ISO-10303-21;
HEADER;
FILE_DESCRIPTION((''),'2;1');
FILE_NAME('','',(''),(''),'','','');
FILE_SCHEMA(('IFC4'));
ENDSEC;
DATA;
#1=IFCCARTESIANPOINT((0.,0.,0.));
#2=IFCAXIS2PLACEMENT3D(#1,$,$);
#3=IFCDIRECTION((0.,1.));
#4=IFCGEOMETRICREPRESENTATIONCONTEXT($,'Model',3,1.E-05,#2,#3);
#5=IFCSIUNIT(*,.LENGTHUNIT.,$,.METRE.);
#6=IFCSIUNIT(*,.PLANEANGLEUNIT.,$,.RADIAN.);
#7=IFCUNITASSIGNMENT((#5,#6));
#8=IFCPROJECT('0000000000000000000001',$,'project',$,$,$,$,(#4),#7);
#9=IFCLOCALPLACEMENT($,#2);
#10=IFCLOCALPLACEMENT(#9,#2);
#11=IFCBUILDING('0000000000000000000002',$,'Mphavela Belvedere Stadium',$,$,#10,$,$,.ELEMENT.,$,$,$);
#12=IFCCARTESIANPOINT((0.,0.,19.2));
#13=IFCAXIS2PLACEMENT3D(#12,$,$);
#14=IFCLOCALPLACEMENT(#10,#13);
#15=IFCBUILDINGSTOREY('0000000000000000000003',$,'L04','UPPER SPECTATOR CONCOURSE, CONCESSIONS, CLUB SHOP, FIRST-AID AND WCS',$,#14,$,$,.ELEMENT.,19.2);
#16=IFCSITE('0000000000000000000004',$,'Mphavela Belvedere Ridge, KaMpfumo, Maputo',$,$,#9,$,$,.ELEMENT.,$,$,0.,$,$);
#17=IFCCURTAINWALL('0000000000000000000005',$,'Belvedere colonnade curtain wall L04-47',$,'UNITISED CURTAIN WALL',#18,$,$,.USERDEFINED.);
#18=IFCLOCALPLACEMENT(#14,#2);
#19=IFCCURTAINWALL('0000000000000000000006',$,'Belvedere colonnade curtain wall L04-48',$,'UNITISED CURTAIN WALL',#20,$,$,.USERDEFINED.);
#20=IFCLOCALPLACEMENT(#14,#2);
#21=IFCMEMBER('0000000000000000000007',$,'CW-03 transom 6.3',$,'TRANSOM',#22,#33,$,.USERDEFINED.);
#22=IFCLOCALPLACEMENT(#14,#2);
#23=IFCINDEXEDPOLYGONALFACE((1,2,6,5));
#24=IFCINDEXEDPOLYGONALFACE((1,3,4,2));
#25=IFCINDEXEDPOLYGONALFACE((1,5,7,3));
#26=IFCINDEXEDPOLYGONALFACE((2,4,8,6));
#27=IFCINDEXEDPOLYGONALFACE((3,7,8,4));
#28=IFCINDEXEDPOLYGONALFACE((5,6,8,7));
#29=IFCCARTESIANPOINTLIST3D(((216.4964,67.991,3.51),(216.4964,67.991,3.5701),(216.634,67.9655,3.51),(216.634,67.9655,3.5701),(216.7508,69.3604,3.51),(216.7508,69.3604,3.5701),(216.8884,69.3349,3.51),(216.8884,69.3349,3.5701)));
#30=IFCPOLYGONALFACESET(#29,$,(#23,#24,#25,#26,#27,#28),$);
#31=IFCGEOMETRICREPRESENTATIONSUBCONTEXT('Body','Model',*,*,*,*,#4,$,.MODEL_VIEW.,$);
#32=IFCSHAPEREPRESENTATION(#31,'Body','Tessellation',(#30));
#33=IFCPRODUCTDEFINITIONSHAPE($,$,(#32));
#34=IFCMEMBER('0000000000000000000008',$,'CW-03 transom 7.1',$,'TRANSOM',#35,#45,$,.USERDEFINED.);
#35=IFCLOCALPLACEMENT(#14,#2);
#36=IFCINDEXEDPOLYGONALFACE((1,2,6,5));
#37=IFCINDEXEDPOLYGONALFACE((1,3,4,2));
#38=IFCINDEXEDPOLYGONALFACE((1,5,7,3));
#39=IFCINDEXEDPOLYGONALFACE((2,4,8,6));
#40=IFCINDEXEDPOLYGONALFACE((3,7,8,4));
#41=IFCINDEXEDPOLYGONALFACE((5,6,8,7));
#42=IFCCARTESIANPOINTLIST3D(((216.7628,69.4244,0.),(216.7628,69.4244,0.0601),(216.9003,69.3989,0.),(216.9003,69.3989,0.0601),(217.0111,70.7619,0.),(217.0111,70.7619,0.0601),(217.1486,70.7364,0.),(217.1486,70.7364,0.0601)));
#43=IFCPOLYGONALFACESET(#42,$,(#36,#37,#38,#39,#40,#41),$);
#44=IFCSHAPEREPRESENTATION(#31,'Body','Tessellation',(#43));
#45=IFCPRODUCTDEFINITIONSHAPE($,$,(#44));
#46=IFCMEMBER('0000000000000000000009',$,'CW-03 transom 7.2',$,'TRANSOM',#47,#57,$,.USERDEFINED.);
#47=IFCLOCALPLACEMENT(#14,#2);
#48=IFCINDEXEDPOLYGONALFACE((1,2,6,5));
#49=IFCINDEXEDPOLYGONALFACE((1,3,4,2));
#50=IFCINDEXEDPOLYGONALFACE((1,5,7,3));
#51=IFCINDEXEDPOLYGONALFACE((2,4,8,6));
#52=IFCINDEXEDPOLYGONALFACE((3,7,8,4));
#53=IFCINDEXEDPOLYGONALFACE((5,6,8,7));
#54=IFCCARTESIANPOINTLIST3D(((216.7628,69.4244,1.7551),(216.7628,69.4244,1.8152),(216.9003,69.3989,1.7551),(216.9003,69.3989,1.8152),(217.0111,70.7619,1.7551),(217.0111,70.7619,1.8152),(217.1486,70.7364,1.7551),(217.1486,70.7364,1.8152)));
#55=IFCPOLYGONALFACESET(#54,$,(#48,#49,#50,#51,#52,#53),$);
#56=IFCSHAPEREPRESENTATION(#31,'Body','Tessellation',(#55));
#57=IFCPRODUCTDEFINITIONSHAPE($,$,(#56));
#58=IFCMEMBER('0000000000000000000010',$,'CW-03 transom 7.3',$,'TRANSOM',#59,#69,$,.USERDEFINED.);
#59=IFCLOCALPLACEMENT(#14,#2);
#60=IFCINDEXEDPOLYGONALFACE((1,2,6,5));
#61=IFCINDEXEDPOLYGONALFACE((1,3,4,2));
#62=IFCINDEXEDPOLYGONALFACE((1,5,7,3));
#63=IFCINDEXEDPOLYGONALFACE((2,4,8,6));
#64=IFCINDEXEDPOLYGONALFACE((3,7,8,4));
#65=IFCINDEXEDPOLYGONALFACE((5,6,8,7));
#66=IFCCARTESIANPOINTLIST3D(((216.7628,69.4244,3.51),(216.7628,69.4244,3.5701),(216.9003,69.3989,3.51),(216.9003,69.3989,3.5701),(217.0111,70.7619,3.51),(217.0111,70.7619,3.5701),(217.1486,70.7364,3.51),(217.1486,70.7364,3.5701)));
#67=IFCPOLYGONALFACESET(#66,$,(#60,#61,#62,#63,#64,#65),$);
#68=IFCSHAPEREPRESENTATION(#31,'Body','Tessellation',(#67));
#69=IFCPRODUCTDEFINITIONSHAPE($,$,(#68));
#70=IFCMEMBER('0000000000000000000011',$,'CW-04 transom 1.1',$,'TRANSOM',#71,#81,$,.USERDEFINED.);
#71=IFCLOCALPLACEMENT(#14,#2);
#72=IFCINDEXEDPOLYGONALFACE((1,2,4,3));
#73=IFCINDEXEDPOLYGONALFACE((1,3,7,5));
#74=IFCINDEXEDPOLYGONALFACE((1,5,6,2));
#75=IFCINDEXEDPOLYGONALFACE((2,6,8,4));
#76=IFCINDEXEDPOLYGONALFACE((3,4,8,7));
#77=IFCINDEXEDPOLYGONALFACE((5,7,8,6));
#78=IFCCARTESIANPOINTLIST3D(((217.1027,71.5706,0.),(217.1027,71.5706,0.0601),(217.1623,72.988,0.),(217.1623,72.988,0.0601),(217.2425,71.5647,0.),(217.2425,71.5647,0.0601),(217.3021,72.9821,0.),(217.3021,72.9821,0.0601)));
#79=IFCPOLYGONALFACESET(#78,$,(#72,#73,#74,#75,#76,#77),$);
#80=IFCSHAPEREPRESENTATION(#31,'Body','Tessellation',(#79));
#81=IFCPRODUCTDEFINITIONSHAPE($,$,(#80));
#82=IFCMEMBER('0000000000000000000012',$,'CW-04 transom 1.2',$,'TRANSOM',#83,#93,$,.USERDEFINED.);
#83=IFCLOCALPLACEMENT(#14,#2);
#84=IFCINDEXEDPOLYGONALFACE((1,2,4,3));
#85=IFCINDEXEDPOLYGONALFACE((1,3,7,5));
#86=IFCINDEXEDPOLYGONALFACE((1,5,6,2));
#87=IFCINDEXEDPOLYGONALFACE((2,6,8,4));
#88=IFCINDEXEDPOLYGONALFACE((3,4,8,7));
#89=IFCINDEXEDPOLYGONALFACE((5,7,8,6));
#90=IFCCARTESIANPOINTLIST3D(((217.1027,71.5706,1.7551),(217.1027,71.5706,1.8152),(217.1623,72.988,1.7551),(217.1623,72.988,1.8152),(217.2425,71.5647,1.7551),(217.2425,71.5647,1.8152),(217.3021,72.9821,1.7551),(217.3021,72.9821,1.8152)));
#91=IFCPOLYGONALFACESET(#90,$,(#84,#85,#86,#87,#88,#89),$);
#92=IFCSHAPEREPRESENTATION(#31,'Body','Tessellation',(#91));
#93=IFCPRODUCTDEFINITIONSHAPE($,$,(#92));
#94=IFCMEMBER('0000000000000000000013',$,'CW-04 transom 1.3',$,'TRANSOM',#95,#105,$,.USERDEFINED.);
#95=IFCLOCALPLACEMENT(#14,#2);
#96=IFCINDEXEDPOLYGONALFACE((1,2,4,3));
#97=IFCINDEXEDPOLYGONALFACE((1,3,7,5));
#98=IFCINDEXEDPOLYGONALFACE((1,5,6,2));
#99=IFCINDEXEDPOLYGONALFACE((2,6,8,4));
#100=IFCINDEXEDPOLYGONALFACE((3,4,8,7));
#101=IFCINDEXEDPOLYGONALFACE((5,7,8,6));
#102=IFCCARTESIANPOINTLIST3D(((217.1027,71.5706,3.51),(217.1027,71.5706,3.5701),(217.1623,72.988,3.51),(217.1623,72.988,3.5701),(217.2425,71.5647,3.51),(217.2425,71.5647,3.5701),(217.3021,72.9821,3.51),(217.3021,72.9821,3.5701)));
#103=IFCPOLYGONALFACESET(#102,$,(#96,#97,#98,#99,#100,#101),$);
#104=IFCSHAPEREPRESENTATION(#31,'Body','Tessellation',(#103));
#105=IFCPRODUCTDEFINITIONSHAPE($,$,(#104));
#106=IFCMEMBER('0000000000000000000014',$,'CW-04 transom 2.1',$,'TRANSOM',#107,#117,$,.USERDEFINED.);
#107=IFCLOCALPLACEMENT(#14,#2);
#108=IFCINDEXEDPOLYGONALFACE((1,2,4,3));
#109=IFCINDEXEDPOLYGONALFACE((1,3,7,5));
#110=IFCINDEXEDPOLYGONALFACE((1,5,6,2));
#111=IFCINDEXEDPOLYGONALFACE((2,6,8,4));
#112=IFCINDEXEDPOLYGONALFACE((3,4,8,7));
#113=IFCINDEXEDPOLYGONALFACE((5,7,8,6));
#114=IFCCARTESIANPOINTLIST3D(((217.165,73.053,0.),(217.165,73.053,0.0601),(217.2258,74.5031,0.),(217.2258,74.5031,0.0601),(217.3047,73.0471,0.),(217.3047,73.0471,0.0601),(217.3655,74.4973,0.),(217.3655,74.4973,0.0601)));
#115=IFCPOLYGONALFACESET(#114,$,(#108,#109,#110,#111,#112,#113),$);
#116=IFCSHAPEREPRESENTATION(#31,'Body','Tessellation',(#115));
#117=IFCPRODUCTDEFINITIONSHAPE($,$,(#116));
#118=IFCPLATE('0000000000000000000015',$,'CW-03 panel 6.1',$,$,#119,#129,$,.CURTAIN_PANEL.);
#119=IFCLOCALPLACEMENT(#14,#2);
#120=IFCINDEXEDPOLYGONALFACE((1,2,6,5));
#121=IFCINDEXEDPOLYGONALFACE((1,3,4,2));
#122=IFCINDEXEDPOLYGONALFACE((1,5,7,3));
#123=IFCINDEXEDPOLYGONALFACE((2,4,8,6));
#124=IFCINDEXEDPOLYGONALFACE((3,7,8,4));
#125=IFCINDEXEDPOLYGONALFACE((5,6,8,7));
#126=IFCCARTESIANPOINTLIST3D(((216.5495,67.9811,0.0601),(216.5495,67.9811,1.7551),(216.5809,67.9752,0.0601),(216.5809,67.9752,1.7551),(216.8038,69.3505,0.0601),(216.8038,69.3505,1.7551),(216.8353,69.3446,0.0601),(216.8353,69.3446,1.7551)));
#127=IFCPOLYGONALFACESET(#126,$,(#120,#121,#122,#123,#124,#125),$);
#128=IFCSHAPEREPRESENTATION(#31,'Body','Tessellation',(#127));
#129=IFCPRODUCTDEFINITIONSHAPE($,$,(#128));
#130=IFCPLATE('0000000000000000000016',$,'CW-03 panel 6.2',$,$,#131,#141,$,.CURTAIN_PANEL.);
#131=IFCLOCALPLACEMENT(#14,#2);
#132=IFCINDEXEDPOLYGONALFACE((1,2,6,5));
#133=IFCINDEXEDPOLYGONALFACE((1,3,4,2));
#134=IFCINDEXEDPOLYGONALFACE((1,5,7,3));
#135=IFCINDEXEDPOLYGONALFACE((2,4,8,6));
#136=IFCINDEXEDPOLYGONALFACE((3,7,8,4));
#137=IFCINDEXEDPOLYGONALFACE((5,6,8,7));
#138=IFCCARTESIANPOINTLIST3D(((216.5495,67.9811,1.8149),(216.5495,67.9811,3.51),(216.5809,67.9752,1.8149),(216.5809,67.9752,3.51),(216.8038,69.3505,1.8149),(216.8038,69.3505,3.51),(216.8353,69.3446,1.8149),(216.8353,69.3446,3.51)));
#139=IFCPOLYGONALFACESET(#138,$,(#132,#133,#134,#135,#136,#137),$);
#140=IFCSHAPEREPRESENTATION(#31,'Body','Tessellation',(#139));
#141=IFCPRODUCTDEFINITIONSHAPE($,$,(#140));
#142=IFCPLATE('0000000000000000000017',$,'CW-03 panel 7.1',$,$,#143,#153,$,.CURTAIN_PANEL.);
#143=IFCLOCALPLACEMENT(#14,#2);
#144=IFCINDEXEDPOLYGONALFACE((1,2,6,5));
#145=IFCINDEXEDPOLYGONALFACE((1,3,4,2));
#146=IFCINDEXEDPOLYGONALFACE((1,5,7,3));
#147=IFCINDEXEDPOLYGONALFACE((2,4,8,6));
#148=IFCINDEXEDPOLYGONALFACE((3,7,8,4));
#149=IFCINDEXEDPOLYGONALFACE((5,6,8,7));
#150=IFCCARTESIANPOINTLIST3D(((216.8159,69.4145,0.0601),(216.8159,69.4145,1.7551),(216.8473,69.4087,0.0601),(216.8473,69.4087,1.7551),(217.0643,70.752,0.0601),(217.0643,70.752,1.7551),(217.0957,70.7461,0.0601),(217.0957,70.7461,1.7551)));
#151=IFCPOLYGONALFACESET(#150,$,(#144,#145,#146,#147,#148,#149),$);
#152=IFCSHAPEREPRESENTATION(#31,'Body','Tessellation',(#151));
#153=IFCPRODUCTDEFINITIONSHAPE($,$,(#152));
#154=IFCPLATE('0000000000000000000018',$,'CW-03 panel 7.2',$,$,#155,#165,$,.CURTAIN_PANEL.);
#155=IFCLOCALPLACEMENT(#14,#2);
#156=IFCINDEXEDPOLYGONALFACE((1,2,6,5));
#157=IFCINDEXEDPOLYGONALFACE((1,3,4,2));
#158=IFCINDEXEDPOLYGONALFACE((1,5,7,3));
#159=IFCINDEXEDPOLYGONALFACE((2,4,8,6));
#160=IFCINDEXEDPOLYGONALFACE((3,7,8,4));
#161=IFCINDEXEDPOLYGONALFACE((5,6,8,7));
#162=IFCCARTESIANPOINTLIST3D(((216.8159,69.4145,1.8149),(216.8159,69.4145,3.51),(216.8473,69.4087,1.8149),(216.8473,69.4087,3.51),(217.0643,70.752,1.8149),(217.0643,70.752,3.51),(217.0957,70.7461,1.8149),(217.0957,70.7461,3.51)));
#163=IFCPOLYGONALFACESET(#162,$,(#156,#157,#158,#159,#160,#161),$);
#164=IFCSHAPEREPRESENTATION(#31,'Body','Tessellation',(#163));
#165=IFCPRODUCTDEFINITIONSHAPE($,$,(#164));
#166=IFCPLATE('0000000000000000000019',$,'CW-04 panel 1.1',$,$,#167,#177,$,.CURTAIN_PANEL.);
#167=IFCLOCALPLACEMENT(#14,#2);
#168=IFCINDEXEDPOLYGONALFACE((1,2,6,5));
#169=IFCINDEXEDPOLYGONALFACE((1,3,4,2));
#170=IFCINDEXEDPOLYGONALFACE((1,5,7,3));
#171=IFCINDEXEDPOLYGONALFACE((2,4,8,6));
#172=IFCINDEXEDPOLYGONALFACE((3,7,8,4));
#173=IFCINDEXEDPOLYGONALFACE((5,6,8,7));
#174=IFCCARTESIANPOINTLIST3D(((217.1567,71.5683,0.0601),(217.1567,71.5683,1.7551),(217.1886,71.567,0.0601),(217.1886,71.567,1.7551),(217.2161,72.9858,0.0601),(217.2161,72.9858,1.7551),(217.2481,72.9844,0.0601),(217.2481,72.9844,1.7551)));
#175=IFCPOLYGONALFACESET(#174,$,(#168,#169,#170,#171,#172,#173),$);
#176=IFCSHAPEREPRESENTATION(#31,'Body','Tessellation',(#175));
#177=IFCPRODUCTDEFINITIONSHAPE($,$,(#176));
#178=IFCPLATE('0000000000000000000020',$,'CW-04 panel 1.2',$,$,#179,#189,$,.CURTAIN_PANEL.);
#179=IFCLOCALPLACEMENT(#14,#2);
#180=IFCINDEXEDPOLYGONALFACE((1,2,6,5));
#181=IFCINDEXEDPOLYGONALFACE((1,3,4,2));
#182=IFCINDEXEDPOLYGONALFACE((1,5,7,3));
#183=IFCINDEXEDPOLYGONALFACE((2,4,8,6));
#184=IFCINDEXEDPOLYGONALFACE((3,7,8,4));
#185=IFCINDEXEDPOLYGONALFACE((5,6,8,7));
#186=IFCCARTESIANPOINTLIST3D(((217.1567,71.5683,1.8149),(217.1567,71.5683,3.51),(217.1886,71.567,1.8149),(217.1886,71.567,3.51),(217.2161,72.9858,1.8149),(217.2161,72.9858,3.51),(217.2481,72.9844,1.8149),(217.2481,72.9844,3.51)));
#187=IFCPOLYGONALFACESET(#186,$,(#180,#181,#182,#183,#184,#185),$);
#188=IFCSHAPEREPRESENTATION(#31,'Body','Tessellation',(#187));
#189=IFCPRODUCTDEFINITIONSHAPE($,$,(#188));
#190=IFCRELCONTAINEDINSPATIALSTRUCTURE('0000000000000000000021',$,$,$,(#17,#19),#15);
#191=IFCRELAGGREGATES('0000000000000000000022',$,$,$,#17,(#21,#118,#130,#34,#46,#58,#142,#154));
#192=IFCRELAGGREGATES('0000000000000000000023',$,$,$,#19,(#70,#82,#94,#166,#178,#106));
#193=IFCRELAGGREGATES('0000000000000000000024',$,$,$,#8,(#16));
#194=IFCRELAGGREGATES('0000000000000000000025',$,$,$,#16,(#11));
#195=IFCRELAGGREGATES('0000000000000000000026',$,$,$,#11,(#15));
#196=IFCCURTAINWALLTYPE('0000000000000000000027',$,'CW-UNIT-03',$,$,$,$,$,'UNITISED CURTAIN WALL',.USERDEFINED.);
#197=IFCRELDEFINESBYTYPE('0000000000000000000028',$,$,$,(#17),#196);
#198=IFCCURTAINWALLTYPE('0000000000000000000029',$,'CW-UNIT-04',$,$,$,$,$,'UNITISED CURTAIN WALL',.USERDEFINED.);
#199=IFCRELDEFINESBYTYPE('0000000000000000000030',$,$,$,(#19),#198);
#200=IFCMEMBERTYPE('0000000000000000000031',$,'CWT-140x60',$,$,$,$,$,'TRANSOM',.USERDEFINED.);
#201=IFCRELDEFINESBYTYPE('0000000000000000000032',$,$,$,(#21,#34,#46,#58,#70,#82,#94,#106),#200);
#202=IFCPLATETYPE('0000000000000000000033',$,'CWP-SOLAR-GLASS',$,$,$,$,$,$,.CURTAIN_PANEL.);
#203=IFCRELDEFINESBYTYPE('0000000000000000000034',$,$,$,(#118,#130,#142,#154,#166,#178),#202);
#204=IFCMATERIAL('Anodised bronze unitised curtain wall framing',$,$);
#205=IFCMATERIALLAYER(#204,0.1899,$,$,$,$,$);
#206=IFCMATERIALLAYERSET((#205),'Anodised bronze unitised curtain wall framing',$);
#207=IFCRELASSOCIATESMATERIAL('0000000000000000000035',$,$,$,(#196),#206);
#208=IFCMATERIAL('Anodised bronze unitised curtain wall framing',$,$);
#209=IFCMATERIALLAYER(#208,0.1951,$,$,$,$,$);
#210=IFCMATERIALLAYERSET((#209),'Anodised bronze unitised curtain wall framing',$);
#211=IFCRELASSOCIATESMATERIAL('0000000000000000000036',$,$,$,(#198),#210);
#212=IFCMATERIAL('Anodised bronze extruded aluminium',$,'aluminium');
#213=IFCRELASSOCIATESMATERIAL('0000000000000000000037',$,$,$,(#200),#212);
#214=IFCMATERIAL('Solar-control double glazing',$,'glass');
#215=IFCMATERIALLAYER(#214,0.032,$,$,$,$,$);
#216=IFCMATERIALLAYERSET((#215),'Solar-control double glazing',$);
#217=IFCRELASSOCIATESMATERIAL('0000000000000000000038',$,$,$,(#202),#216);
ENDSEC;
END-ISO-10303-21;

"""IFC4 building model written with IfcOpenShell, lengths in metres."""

from ifc_helpers import new_model, si_unit, direction, frame, origin, origin_2d, place, context, subcontext, project, spatial, rectangle, extrude, material, layer, layer_set, material_profile, profile_set, type_object, element, aggregate, save


model = new_model("IFC4")

# Units and contexts
model_context = context("Model", 3, precision=1e-05, world=origin(), true_north=direction((0.0, 1.0)))
body_context = subcontext(model_context, "Body", "Model", "MODEL_VIEW")
ifc_project = project(units=[si_unit("LENGTHUNIT", "METRE"), si_unit("PLANEANGLEUNIT", "RADIAN")], contexts=[model_context])

# Site, building, storey
site_placement = place(None, origin())
site = spatial("IfcSite", under=ifc_project, at=site_placement, Name="Mphavela Belvedere Ridge, KaMpfumo, Maputo", CompositionType="ELEMENT", RefElevation=0.0)
building_placement = place(site_placement, origin())
building = spatial("IfcBuilding", under=site, at=building_placement, Name="Mphavela Belvedere Stadium", CompositionType="ELEMENT")
storey_placement = place(building_placement, frame((0.0, 0.0, 19.2)))
storey = spatial("IfcBuildingStorey", under=building, at=storey_placement, Name="L04", Description="UPPER SPECTATOR CONCOURSE, CONCESSIONS, CLUB SHOP, FIRST-AID AND WCS", CompositionType="ELEMENT", Elevation=19.2)

# Curtain walls
ifc_material_1 = material(Name="Anodised bronze unitised curtain wall framing")
ifc_layer_1 = layer(ifc_material_1, 0.1899)
ifc_layer_set_1 = layer_set([ifc_layer_1], Name="Anodised bronze unitised curtain wall framing")
curtain_wall_type_1 = type_object("IfcCurtainWallType", Name="CW-UNIT-03", ElementType="UNITISED CURTAIN WALL", PredefinedType="USERDEFINED", material=ifc_layer_set_1)
curtain_wall_1_placement = place(storey_placement, origin())
curtain_wall_1 = element("IfcCurtainWall", 1, at=curtain_wall_1_placement, inside=storey, type_object=curtain_wall_type_1, Name="Belvedere colonnade curtain wall L04-47", ObjectType="UNITISED CURTAIN WALL", PredefinedType="USERDEFINED")
ifc_material_2 = material(Name="Anodised bronze unitised curtain wall framing")
ifc_layer_2 = layer(ifc_material_2, 0.1951)
ifc_layer_set_2 = layer_set([ifc_layer_2], Name="Anodised bronze unitised curtain wall framing")
curtain_wall_type_2 = type_object("IfcCurtainWallType", Name="CW-UNIT-04", ElementType="UNITISED CURTAIN WALL", PredefinedType="USERDEFINED", material=ifc_layer_set_2)
curtain_wall_2_placement = place(storey_placement, origin())
curtain_wall_2 = element("IfcCurtainWall", 2, at=curtain_wall_2_placement, inside=storey, type_object=curtain_wall_type_2, Name="Belvedere colonnade curtain wall L04-48", ObjectType="UNITISED CURTAIN WALL", PredefinedType="USERDEFINED")

# Members
ifc_material_3 = material(Name="Anodised bronze extruded aluminium", Category="aluminium")
ifc_material_profile_1 = material_profile(ifc_material_3, rectangle(XDim=0.1399, YDim=0.0601, at=origin_2d()), Name="CW-TRN 140x60")
ifc_profile_set_1 = profile_set([ifc_material_profile_1], Name="Anodised bronze extruded aluminium")
member_type_1 = type_object("IfcMemberType", Name="CWT-140x60", ElementType="TRANSOM", PredefinedType="USERDEFINED", material=ifc_profile_set_1)
member_1_placement = place(storey_placement, frame((216.5652, 67.9783, 3.54), z_axis=(0.182648, 0.983178, 0.0), x_axis=(-0.983178, 0.182648, 0.0)))
member_1 = element("IfcMember", 3, at=member_1_placement, type_object=member_type_1, Name="CW-03 transom 6.3", ObjectType="TRANSOM", PredefinedType="USERDEFINED", context=body_context, shape_type="SweptSolid", body=[
    extrude(rectangle(XDim=0.1399, YDim=0.0601, at=origin_2d()), origin(), (0.0, 0.0, 1.0), 1.3928),
])
member_2_placement = place(storey_placement, frame((216.8315, 69.4116, 0.03), z_axis=(0.182533, 0.9832, 0.0), x_axis=(-0.9832, 0.182533, 0.0)))
member_2 = element("IfcMember", 4, at=member_2_placement, type_object=member_type_1, Name="CW-03 transom 7.1", ObjectType="TRANSOM", PredefinedType="USERDEFINED", context=body_context, shape_type="SweptSolid", body=[
    extrude(rectangle(XDim=0.1399, YDim=0.0601, at=origin_2d()), origin(), (0.0, 0.0, 1.0), 1.3604),
])
member_3_placement = place(storey_placement, frame((216.8315, 69.4116, 1.7852), z_axis=(0.182533, 0.9832, 0.0), x_axis=(-0.9832, 0.182533, 0.0)))
member_3 = element("IfcMember", 5, at=member_3_placement, type_object=member_type_1, Name="CW-03 transom 7.2", ObjectType="TRANSOM", PredefinedType="USERDEFINED", context=body_context, shape_type="SweptSolid", body=[
    extrude(rectangle(XDim=0.1399, YDim=0.0601, at=origin_2d()), origin(), (0.0, 0.0, 1.0), 1.3604),
])
member_4_placement = place(storey_placement, frame((216.8315, 69.4116, 3.54), z_axis=(0.182533, 0.9832, 0.0), x_axis=(-0.9832, 0.182533, 0.0)))
member_4 = element("IfcMember", 6, at=member_4_placement, type_object=member_type_1, Name="CW-03 transom 7.3", ObjectType="TRANSOM", PredefinedType="USERDEFINED", context=body_context, shape_type="SweptSolid", body=[
    extrude(rectangle(XDim=0.1399, YDim=0.0601, at=origin_2d()), origin(), (0.0, 0.0, 1.0), 1.3604),
])
member_5_placement = place(storey_placement, frame((217.1726, 71.5676, 0.03), z_axis=(0.041988, 0.999118, 0.0), x_axis=(-0.999118, 0.041988, 0.0)))
member_5 = element("IfcMember", 7, at=member_5_placement, type_object=member_type_1, Name="CW-04 transom 1.1", ObjectType="TRANSOM", PredefinedType="USERDEFINED", context=body_context, shape_type="SweptSolid", body=[
    extrude(rectangle(XDim=0.1399, YDim=0.0601, at=origin_2d()), origin(), (0.0, 0.0, 1.0), 1.4187),
])
member_6_placement = place(storey_placement, frame((217.1726, 71.5676, 1.7852), z_axis=(0.041988, 0.999118, 0.0), x_axis=(-0.999118, 0.041988, 0.0)))
member_6 = element("IfcMember", 8, at=member_6_placement, type_object=member_type_1, Name="CW-04 transom 1.2", ObjectType="TRANSOM", PredefinedType="USERDEFINED", context=body_context, shape_type="SweptSolid", body=[
    extrude(rectangle(XDim=0.1399, YDim=0.0601, at=origin_2d()), origin(), (0.0, 0.0, 1.0), 1.4187),
])
member_7_placement = place(storey_placement, frame((217.1726, 71.5676, 3.54), z_axis=(0.041988, 0.999118, 0.0), x_axis=(-0.999118, 0.041988, 0.0)))
member_7 = element("IfcMember", 9, at=member_7_placement, type_object=member_type_1, Name="CW-04 transom 1.3", ObjectType="TRANSOM", PredefinedType="USERDEFINED", context=body_context, shape_type="SweptSolid", body=[
    extrude(rectangle(XDim=0.1399, YDim=0.0601, at=origin_2d()), origin(), (0.0, 0.0, 1.0), 1.4187),
])
member_8_placement = place(storey_placement, frame((217.2349, 73.05, 0.03), z_axis=(0.041882, 0.999123, 0.0), x_axis=(-0.999123, 0.041882, 0.0)))
member_8 = element("IfcMember", 10, at=member_8_placement, type_object=member_type_1, Name="CW-04 transom 2.1", ObjectType="TRANSOM", PredefinedType="USERDEFINED", context=body_context, shape_type="SweptSolid", body=[
    extrude(rectangle(XDim=0.1399, YDim=0.0601, at=origin_2d()), origin(), (0.0, 0.0, 1.0), 1.4514),
])

# Plates
ifc_material_4 = material(Name="Solar-control double glazing", Category="glass")
ifc_layer_3 = layer(ifc_material_4, 0.032)
ifc_layer_set_3 = layer_set([ifc_layer_3], Name="Solar-control double glazing")
plate_type = type_object("IfcPlateType", Name="CWP-SOLAR-GLASS", PredefinedType="CURTAIN_PANEL", material=ifc_layer_set_3)
plate_1_placement = place(storey_placement, frame((216.6924, 68.6628, 0.0601), z_axis=(0.0, 0.0, 1.0), x_axis=(0.182618, 0.983184, 0.0)))
plate_1 = element("IfcPlate", 11, at=plate_1_placement, type_object=plate_type, Name="CW-03 panel 6.1", PredefinedType="CURTAIN_PANEL", context=body_context, shape_type="SweptSolid", body=[
    extrude(rectangle(XDim=1.3928, YDim=0.032, at=origin_2d()), origin(), (0.0, 0.0, 1.0), 1.6951),
])
plate_2_placement = place(storey_placement, frame((216.6924, 68.6628, 1.8149), z_axis=(0.0, 0.0, 1.0), x_axis=(0.182618, 0.983184, 0.0)))
plate_2 = element("IfcPlate", 12, at=plate_2_placement, type_object=plate_type, Name="CW-03 panel 6.2", PredefinedType="CURTAIN_PANEL", context=body_context, shape_type="SweptSolid", body=[
    extrude(rectangle(XDim=1.3928, YDim=0.032, at=origin_2d()), origin(), (0.0, 0.0, 1.0), 1.6951),
])
plate_3_placement = place(storey_placement, frame((216.9558, 70.0803, 0.0601), z_axis=(0.0, 0.0, 1.0), x_axis=(0.182618, 0.983184, 0.0)))
plate_3 = element("IfcPlate", 13, at=plate_3_placement, type_object=plate_type, Name="CW-03 panel 7.1", PredefinedType="CURTAIN_PANEL", context=body_context, shape_type="SweptSolid", body=[
    extrude(rectangle(XDim=1.3604, YDim=0.032, at=origin_2d()), origin(), (0.0, 0.0, 1.0), 1.6951),
])
plate_4_placement = place(storey_placement, frame((216.9558, 70.0803, 1.8149), z_axis=(0.0, 0.0, 1.0), x_axis=(0.182618, 0.983184, 0.0)))
plate_4 = element("IfcPlate", 14, at=plate_4_placement, type_object=plate_type, Name="CW-03 panel 7.2", PredefinedType="CURTAIN_PANEL", context=body_context, shape_type="SweptSolid", body=[
    extrude(rectangle(XDim=1.3604, YDim=0.032, at=origin_2d()), origin(), (0.0, 0.0, 1.0), 1.6951),
])
aggregate(curtain_wall_1, [member_1, plate_1, plate_2, member_2, member_3, member_4, plate_3, plate_4])
plate_5_placement = place(storey_placement, frame((217.2024, 72.2764, 0.0601), z_axis=(0.0, 0.0, 1.0), x_axis=(0.041905, 0.999122, 0.0)))
plate_5 = element("IfcPlate", 15, at=plate_5_placement, type_object=plate_type, Name="CW-04 panel 1.1", PredefinedType="CURTAIN_PANEL", context=body_context, shape_type="SweptSolid", body=[
    extrude(rectangle(XDim=1.4187, YDim=0.032, at=origin_2d()), origin(), (0.0, 0.0, 1.0), 1.6951),
])
plate_6_placement = place(storey_placement, frame((217.2024, 72.2764, 1.8149), z_axis=(0.0, 0.0, 1.0), x_axis=(0.041905, 0.999122, 0.0)))
plate_6 = element("IfcPlate", 16, at=plate_6_placement, type_object=plate_type, Name="CW-04 panel 1.2", PredefinedType="CURTAIN_PANEL", context=body_context, shape_type="SweptSolid", body=[
    extrude(rectangle(XDim=1.4187, YDim=0.032, at=origin_2d()), origin(), (0.0, 0.0, 1.0), 1.6951),
])
aggregate(curtain_wall_2, [member_5, member_6, member_7, plate_5, plate_6, member_8])

save(model, "model.ifc")
